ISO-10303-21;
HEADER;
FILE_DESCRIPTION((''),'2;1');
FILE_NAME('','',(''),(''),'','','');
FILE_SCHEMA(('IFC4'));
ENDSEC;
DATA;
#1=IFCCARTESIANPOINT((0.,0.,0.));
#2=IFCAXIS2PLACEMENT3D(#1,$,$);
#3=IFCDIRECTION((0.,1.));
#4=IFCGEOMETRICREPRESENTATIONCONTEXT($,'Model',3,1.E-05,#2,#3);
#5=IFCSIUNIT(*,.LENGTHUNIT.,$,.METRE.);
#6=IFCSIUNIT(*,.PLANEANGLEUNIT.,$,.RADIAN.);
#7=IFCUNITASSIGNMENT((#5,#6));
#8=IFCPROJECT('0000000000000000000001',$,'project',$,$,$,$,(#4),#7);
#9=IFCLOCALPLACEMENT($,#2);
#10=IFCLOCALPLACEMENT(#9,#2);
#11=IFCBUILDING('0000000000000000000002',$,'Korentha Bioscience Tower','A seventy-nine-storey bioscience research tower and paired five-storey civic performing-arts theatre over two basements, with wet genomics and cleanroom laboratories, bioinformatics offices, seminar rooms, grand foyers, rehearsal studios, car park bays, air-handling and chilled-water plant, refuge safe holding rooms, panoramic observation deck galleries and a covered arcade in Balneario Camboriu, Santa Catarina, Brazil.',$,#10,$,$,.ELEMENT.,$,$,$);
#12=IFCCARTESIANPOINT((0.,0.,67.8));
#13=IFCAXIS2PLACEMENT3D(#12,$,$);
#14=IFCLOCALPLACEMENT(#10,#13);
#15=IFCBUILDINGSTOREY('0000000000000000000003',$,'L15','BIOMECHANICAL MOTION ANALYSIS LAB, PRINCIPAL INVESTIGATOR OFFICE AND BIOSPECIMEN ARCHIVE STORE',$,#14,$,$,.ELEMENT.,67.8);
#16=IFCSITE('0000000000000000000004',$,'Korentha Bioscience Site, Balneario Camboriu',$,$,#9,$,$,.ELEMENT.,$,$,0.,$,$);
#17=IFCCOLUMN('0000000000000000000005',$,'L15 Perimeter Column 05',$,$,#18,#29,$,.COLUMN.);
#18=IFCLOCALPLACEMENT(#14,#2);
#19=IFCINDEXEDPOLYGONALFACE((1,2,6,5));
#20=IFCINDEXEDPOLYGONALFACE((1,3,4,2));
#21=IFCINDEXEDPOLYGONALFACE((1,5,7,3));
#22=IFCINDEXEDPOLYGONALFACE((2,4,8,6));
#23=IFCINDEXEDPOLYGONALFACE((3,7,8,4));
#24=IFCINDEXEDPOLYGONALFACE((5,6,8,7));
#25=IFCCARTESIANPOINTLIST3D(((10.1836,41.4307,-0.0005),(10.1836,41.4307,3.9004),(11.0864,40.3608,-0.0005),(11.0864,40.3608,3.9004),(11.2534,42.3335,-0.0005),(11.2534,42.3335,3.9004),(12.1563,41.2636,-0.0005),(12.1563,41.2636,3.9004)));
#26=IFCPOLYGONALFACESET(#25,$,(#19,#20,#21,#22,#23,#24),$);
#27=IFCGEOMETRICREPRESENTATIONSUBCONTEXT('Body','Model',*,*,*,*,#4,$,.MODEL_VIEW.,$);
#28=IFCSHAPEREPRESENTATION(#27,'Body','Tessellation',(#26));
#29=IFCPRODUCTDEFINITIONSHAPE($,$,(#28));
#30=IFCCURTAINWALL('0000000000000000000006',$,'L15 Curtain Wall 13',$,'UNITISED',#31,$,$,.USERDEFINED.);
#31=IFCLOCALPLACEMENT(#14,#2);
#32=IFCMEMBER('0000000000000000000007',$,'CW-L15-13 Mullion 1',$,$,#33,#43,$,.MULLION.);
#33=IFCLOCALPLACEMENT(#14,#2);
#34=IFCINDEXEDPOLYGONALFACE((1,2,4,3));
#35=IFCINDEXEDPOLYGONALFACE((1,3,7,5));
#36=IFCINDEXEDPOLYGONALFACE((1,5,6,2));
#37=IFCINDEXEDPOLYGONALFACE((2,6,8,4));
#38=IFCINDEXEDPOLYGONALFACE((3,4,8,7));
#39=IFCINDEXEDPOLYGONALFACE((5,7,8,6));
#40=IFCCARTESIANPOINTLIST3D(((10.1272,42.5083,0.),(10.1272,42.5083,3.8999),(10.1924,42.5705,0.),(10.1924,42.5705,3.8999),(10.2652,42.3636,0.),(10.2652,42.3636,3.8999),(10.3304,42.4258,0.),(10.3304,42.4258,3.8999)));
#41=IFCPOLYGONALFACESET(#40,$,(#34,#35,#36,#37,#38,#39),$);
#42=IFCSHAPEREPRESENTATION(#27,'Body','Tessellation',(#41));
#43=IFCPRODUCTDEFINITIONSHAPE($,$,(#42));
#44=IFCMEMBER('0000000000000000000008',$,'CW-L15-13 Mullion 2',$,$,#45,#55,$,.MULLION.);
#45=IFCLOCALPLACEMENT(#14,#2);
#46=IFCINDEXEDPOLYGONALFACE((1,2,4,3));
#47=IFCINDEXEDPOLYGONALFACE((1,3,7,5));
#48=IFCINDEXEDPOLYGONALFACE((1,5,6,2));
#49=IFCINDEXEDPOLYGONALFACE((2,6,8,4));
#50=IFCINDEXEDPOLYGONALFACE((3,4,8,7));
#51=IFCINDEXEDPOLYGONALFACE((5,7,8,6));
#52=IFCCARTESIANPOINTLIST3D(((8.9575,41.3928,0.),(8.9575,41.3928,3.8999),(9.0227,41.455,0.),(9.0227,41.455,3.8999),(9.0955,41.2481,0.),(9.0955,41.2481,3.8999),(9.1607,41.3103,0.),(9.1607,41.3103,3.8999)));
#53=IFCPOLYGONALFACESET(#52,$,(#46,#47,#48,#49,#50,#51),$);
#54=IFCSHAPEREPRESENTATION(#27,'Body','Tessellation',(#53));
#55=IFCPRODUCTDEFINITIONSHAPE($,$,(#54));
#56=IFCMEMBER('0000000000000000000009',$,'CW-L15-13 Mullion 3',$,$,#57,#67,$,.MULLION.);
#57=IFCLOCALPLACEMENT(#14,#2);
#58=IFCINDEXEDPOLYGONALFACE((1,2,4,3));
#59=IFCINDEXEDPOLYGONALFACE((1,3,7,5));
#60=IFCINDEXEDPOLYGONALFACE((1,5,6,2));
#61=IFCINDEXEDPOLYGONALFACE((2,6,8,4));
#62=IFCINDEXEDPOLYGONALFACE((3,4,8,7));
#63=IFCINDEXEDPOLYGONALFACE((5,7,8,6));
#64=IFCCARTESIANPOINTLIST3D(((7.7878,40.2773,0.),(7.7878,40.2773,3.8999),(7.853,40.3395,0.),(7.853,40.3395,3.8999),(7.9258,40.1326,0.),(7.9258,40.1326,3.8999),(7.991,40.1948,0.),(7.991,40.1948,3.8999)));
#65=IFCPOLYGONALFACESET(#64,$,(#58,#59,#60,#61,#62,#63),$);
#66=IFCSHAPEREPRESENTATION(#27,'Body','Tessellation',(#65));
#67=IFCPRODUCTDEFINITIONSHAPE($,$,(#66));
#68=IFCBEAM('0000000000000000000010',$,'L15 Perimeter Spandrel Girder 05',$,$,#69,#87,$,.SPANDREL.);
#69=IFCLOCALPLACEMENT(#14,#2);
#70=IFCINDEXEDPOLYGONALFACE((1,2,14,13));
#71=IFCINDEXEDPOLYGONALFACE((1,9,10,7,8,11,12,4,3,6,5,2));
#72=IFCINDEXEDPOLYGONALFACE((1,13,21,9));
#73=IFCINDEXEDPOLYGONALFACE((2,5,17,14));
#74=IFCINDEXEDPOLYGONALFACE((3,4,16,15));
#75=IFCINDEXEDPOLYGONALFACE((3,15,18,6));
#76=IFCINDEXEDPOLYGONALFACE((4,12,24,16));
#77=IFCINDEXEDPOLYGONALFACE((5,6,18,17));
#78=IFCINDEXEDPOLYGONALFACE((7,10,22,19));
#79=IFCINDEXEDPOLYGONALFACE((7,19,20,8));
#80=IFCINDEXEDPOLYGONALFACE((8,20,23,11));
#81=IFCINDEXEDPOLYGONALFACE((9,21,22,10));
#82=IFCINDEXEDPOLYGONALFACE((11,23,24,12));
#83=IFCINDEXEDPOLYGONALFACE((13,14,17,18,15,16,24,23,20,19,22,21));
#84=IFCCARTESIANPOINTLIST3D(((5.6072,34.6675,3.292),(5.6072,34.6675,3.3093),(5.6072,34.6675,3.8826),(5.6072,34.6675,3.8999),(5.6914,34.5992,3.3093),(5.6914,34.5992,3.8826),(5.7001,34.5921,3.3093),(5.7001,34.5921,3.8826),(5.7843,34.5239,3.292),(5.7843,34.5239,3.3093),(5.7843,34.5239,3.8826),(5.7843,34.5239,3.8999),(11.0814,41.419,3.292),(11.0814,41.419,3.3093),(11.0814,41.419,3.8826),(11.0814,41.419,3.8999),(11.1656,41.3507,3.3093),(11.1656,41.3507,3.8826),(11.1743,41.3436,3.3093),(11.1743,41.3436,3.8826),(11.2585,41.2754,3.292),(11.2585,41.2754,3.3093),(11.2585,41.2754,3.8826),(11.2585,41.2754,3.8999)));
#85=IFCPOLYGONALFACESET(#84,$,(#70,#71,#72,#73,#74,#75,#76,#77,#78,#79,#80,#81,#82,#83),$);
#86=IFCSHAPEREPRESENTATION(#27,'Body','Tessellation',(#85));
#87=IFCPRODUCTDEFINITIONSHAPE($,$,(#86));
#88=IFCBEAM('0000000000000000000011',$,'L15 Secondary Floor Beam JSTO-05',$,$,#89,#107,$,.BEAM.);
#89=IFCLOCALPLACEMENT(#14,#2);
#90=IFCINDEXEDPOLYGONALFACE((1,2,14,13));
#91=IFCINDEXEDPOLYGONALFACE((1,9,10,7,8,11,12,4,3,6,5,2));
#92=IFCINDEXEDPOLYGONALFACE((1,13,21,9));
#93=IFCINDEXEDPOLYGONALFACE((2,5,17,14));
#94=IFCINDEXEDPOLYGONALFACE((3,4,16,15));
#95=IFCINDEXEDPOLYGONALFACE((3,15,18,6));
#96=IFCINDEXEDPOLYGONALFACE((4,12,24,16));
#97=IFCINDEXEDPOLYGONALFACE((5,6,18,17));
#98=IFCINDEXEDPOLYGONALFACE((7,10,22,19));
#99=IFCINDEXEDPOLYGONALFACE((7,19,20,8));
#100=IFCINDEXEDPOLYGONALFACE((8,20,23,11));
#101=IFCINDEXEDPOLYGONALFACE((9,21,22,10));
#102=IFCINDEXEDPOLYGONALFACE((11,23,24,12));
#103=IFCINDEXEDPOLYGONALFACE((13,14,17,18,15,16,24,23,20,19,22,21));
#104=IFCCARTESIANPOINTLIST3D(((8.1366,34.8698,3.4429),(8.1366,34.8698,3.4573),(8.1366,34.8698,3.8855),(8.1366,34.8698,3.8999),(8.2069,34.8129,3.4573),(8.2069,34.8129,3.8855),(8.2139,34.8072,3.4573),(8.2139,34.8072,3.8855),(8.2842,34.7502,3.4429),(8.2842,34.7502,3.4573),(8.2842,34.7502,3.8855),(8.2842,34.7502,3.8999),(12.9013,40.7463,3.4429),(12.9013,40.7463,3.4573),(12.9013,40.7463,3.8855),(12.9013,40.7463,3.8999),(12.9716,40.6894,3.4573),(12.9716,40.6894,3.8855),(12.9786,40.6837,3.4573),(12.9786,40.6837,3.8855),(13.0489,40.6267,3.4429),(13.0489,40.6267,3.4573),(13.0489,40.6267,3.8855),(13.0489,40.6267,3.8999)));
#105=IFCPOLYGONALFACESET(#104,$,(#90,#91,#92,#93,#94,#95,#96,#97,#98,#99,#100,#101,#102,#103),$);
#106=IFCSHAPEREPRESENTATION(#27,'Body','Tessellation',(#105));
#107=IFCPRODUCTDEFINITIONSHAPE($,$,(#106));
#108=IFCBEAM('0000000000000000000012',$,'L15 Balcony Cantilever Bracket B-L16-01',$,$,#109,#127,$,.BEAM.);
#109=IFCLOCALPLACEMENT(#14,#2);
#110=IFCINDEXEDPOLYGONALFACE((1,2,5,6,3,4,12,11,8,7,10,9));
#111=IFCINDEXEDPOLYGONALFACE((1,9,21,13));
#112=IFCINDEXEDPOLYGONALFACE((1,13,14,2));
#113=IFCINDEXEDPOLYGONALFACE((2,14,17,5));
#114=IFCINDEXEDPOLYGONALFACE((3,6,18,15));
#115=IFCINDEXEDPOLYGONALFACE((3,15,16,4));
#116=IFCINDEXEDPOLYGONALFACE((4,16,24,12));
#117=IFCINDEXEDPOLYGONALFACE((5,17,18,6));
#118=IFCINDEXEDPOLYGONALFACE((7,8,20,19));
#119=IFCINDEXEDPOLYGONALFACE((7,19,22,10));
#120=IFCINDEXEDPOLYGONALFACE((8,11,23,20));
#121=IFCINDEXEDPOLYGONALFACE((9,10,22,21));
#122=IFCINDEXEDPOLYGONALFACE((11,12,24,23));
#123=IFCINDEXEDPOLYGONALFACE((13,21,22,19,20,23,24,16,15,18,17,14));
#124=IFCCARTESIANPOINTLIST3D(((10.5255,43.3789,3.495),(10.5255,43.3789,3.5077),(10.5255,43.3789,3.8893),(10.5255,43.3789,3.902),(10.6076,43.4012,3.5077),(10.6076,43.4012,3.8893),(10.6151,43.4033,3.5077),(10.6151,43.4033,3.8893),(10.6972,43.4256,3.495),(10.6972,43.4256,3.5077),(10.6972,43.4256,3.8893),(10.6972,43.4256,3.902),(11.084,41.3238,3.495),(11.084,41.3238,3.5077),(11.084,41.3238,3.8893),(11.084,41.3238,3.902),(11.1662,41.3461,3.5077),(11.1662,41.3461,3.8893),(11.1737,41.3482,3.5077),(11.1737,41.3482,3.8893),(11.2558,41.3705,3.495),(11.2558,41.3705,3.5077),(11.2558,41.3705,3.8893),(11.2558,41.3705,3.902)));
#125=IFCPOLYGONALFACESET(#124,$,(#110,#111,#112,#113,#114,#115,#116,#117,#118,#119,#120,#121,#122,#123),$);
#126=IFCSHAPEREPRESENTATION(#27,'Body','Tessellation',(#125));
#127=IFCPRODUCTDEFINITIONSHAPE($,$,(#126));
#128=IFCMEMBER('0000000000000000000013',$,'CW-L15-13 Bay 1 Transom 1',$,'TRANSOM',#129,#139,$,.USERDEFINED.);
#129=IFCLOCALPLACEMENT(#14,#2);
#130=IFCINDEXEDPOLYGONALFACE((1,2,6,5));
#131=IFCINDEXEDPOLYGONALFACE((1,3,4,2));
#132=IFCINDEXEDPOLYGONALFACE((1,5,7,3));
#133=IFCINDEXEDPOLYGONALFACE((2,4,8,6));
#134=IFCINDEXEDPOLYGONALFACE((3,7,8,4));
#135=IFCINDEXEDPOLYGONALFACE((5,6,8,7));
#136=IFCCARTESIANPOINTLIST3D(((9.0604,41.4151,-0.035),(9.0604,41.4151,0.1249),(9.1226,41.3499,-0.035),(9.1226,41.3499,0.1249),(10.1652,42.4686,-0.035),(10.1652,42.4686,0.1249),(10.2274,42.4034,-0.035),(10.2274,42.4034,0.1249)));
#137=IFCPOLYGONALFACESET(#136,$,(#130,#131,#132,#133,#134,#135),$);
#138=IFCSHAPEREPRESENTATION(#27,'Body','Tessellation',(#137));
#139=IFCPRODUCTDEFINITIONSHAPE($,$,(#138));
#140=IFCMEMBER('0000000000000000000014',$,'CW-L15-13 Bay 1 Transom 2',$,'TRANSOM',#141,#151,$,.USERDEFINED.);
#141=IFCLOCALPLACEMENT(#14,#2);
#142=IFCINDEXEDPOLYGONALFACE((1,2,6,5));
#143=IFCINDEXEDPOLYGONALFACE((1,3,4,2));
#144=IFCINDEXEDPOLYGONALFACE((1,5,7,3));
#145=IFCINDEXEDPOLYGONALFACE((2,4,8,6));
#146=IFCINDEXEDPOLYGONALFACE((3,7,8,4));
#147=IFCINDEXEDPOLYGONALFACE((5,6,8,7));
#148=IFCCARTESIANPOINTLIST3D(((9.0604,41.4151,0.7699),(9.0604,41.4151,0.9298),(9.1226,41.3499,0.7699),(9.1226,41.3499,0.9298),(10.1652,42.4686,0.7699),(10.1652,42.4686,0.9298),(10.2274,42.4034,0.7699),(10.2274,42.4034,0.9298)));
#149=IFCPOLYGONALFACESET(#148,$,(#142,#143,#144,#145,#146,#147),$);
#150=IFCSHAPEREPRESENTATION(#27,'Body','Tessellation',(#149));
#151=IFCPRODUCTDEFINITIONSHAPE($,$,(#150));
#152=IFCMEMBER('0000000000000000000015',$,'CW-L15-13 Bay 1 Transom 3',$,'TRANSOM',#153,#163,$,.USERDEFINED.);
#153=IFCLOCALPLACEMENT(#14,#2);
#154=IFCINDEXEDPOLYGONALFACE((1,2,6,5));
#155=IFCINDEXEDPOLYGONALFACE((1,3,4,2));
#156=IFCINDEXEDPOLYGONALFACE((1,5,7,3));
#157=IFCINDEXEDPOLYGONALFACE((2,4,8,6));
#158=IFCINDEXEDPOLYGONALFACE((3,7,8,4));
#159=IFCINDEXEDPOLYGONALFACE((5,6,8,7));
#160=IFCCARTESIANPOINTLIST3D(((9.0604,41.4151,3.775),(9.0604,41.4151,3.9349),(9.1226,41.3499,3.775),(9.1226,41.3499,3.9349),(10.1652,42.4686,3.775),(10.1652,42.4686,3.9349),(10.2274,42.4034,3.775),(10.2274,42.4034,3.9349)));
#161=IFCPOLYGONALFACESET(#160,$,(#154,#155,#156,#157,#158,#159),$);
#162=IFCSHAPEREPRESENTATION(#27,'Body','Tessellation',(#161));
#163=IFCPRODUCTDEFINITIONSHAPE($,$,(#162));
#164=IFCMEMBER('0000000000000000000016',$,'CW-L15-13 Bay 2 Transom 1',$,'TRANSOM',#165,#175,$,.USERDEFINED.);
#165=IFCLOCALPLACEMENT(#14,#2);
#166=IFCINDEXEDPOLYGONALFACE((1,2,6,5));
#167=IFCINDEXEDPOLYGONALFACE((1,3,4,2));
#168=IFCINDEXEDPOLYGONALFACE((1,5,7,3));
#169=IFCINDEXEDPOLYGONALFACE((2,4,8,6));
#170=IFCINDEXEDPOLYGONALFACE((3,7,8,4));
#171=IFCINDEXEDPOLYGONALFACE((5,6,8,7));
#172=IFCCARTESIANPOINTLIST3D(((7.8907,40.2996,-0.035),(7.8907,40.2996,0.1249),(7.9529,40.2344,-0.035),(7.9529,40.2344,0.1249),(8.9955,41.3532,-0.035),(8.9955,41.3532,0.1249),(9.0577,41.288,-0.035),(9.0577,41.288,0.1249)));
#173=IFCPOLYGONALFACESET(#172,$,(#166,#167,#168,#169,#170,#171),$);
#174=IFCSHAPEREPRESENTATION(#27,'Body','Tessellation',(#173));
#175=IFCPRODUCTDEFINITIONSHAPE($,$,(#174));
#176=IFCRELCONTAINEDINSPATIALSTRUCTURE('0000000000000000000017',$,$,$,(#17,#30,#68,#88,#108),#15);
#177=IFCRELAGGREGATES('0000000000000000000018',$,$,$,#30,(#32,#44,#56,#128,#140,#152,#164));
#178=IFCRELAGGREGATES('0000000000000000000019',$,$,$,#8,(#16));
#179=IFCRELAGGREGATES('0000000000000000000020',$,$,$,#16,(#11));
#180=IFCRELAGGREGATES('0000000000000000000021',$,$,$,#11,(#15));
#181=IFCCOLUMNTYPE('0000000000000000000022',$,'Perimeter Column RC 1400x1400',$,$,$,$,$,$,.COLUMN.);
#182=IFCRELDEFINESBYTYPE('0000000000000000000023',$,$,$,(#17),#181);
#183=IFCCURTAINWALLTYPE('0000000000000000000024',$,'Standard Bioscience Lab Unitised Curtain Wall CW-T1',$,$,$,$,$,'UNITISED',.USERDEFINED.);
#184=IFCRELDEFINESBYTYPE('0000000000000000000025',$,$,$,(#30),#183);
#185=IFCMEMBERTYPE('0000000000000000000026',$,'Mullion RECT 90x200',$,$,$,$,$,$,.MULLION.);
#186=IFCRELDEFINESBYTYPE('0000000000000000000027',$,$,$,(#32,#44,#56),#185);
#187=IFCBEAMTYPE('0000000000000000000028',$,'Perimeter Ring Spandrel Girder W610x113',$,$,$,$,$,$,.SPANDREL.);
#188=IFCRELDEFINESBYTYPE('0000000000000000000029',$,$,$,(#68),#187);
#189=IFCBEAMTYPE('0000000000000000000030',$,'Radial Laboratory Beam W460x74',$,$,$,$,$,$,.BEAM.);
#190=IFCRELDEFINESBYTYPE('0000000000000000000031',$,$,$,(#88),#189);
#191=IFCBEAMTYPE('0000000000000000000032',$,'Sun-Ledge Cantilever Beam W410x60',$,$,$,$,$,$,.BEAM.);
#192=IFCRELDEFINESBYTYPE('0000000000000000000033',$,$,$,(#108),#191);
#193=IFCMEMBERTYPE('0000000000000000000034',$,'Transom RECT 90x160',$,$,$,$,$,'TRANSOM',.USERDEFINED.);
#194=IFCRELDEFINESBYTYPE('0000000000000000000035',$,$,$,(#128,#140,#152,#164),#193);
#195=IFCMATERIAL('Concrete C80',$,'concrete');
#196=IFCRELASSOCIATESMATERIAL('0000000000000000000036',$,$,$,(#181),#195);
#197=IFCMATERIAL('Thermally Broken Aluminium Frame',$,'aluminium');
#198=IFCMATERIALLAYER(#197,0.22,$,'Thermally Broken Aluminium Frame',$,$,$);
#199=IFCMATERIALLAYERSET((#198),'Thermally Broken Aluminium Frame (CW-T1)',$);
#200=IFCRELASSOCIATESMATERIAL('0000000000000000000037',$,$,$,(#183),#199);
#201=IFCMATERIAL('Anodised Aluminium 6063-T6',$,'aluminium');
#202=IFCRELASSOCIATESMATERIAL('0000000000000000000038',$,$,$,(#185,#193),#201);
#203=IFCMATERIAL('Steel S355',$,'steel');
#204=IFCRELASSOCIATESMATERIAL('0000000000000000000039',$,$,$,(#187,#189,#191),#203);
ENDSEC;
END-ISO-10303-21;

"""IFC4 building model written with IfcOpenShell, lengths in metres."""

from ifc_helpers import new_model, si_unit, direction, frame, origin, origin_2d, place, context, subcontext, project, spatial, rectangle, i_section, extrude, material, layer, layer_set, material_profile, profile_set, type_object, element, aggregate, save


model = new_model("IFC4")

# Units and contexts
model_context = context("Model", 3, precision=1e-05, world=origin(), true_north=direction((0.0, 1.0)))
body_context = subcontext(model_context, "Body", "Model", "MODEL_VIEW")
ifc_project = project(units=[si_unit("LENGTHUNIT", "METRE"), si_unit("PLANEANGLEUNIT", "RADIAN")], contexts=[model_context])

# Site, building, storey
site_placement = place(None, origin())
site = spatial("IfcSite", under=ifc_project, at=site_placement, Name="Korentha Bioscience Site, Balneario Camboriu", CompositionType="ELEMENT", RefElevation=0.0)
building_placement = place(site_placement, origin())
building = spatial("IfcBuilding", under=site, at=building_placement, Name="Korentha Bioscience Tower", Description="A seventy-nine-storey bioscience research tower and paired five-storey civic performing-arts theatre over two basements, with wet genomics and cleanroom laboratories, bioinformatics offices, seminar rooms, grand foyers, rehearsal studios, car park bays, air-handling and chilled-water plant, refuge safe holding rooms, panoramic observation deck galleries and a covered arcade in Balneario Camboriu, Santa Catarina, Brazil.", CompositionType="ELEMENT")
storey_placement = place(building_placement, frame((0.0, 0.0, 67.8)))
storey = spatial("IfcBuildingStorey", under=building, at=storey_placement, Name="L15", Description="BIOMECHANICAL MOTION ANALYSIS LAB, PRINCIPAL INVESTIGATOR OFFICE AND BIOSPECIMEN ARCHIVE STORE", CompositionType="ELEMENT", Elevation=67.8)

# Column
ifc_material_1 = material(Name="Concrete C80", Category="concrete")
ifc_material_profile_1 = material_profile(ifc_material_1, rectangle(XDim=1.3999, YDim=1.3999, at=origin_2d()), Name="Concrete C80")
ifc_profile_set_1 = profile_set([ifc_material_profile_1], Name="Concrete C80 (COL-P14)")
column_type = type_object("IfcColumnType", Name="Perimeter Column RC 1400x1400", PredefinedType="COLUMN", material=ifc_profile_set_1)
column_placement = place(storey_placement, frame((11.1699, 41.3472, -0.0005), z_axis=(0.0, 0.0, 1.0), x_axis=(0.764246, 0.644924, 0.0)))
element("IfcColumn", 1, at=column_placement, inside=storey, type_object=column_type, Name="L15 Perimeter Column 05", PredefinedType="COLUMN", context=body_context, shape_type="SweptSolid", body=[
    extrude(rectangle(XDim=1.3999, YDim=1.3999, at=origin_2d()), origin(), (0.0, 0.0, 1.0), 3.9009),
])

# Curtain wall, members
ifc_material_2 = material(Name="Thermally Broken Aluminium Frame", Category="aluminium")
ifc_layer_1 = layer(ifc_material_2, 0.22, Name="Thermally Broken Aluminium Frame")
ifc_layer_set_1 = layer_set([ifc_layer_1], Name="Thermally Broken Aluminium Frame (CW-T1)")
curtain_wall_type = type_object("IfcCurtainWallType", Name="Standard Bioscience Lab Unitised Curtain Wall CW-T1", ElementType="UNITISED", PredefinedType="USERDEFINED", material=ifc_layer_set_1)
curtain_wall_placement = place(storey_placement, origin())
curtain_wall = element("IfcCurtainWall", 2, at=curtain_wall_placement, inside=storey, type_object=curtain_wall_type, Name="L15 Curtain Wall 13", ObjectType="UNITISED", PredefinedType="USERDEFINED")
ifc_material_3 = material(Name="Anodised Aluminium 6063-T6", Category="aluminium")
ifc_material_profile_2 = material_profile(ifc_material_3, rectangle(XDim=0.0901, YDim=0.2, at=origin_2d()), Name="Anodised Aluminium 6063-T6")
ifc_profile_set_2 = profile_set([ifc_material_profile_2], Name="Anodised Aluminium 6063-T6 (CW-MUL)")
member_type_1 = type_object("IfcMemberType", Name="Mullion RECT 90x200", PredefinedType="MULLION", material=ifc_profile_set_2)
member_1_placement = place(storey_placement, frame((10.2288, 42.467, 0.0), z_axis=(0.0, 0.0, 1.0), x_axis=(-0.723642, -0.690176, 0.0)))
member_1 = element("IfcMember", 3, at=member_1_placement, type_object=member_type_1, Name="CW-L15-13 Mullion 1", PredefinedType="MULLION", context=body_context, shape_type="SweptSolid", body=[
    extrude(rectangle(XDim=0.0901, YDim=0.2, at=origin_2d()), origin(), (0.0, 0.0, 1.0), 3.8999),
])
member_2_placement = place(storey_placement, frame((9.0591, 41.3516, 0.0), z_axis=(0.0, 0.0, 1.0), x_axis=(-0.723642, -0.690176, 0.0)))
member_2 = element("IfcMember", 4, at=member_2_placement, type_object=member_type_1, Name="CW-L15-13 Mullion 2", PredefinedType="MULLION", context=body_context, shape_type="SweptSolid", body=[
    extrude(rectangle(XDim=0.0901, YDim=0.2, at=origin_2d()), origin(), (0.0, 0.0, 1.0), 3.8999),
])
member_3_placement = place(storey_placement, frame((7.8894, 40.2361, 0.0), z_axis=(0.0, 0.0, 1.0), x_axis=(-0.723642, -0.690176, 0.0)))
member_3 = element("IfcMember", 5, at=member_3_placement, type_object=member_type_1, Name="CW-L15-13 Mullion 3", PredefinedType="MULLION", context=body_context, shape_type="SweptSolid", body=[
    extrude(rectangle(XDim=0.0901, YDim=0.2, at=origin_2d()), origin(), (0.0, 0.0, 1.0), 3.8999),
])

# Beams
ifc_material_4 = material(Name="Steel S355", Category="steel")
ifc_material_profile_3 = material_profile(ifc_material_4, i_section(OverallWidth=0.228, OverallDepth=0.6079, WebThickness=0.0112, FlangeThickness=0.0173, at=origin_2d()), Name="Steel S355")
ifc_profile_set_3 = profile_set([ifc_material_profile_3], Name="Steel S355 (SB-610)")
beam_type_1 = type_object("IfcBeamType", Name="Perimeter Ring Spandrel Girder W610x113", PredefinedType="SPANDREL", material=ifc_profile_set_3)
beam_1_placement = place(storey_placement, frame((11.1699, 41.3472, 3.5959), z_axis=(-0.629799, -0.776758, 0.0), x_axis=(0.776758, -0.629799, 0.0)))
element("IfcBeam", 6, at=beam_1_placement, inside=storey, type_object=beam_type_1, Name="L15 Perimeter Spandrel Girder 05", PredefinedType="SPANDREL", context=body_context, shape_type="SweptSolid", body=[
    extrude(i_section(OverallWidth=0.228, OverallDepth=0.6079, WebThickness=0.0112, FlangeThickness=0.0173, at=origin_2d()), origin(), (0.0, 0.0, 1.0), 8.6919),
])
ifc_material_profile_4 = material_profile(ifc_material_4, i_section(OverallWidth=0.1899, OverallDepth=0.457, WebThickness=0.009, FlangeThickness=0.0144, at=origin_2d()), Name="Steel S355")
ifc_profile_set_4 = profile_set([ifc_material_profile_4], Name="Steel S355 (RB-460)")
beam_type_2 = type_object("IfcBeamType", Name="Radial Laboratory Beam W460x74", PredefinedType="BEAM", material=ifc_profile_set_4)
beam_2_placement = place(storey_placement, frame((12.9751, 40.6865, 3.6714), z_axis=(-0.629798, -0.776759, 0.0), x_axis=(0.776759, -0.629798, 0.0)))
element("IfcBeam", 7, at=beam_2_placement, inside=storey, type_object=beam_type_2, Name="L15 Secondary Floor Beam JSTO-05", PredefinedType="BEAM", context=body_context, shape_type="SweptSolid", body=[
    extrude(i_section(OverallWidth=0.1899, OverallDepth=0.457, WebThickness=0.009, FlangeThickness=0.0144, at=origin_2d()), origin(), (0.0, 0.0, 1.0), 7.5654),
])
ifc_material_profile_5 = material_profile(ifc_material_4, i_section(OverallWidth=0.178, OverallDepth=0.407, WebThickness=0.0078, FlangeThickness=0.0127, at=origin_2d()), Name="Steel S355")
ifc_profile_set_5 = profile_set([ifc_material_profile_5], Name="Steel S355 (CB-410)")
beam_type_3 = type_object("IfcBeamType", Name="Sun-Ledge Cantilever Beam W410x60", PredefinedType="BEAM", material=ifc_profile_set_5)
beam_3_placement = place(storey_placement, frame((11.1699, 41.3472, 3.6985), z_axis=(-0.262283, 0.964991, 0.0), x_axis=(-0.964991, -0.262283, 0.0)))
element("IfcBeam", 8, at=beam_3_placement, inside=storey, type_object=beam_type_3, Name="L15 Balcony Cantilever Bracket B-L16-01", PredefinedType="BEAM", context=body_context, shape_type="SweptSolid", body=[
    extrude(i_section(OverallWidth=0.178, OverallDepth=0.407, WebThickness=0.0078, FlangeThickness=0.0127, at=origin_2d()), origin(), (0.0, 0.0, 1.0), 2.1296),
])

# Members
ifc_material_profile_6 = material_profile(ifc_material_3, rectangle(XDim=0.0901, YDim=0.1599, at=origin_2d()), Name="Anodised Aluminium 6063-T6")
ifc_profile_set_6 = profile_set([ifc_material_profile_6], Name="Anodised Aluminium 6063-T6 (CW-TRN)")
member_type_2 = type_object("IfcMemberType", Name="Transom RECT 90x160", ElementType="TRANSOM", PredefinedType="USERDEFINED", material=ifc_profile_set_6)
member_4_placement = place(storey_placement, frame((10.1963, 42.436, 0.0449), z_axis=(-0.7237, -0.690114, 0.0), x_axis=(0.690114, -0.7237, 0.0)))
member_4 = element("IfcMember", 9, at=member_4_placement, type_object=member_type_2, Name="CW-L15-13 Bay 1 Transom 1", ObjectType="TRANSOM", PredefinedType="USERDEFINED", context=body_context, shape_type="SweptSolid", body=[
    extrude(rectangle(XDim=0.0901, YDim=0.1599, at=origin_2d()), origin(), (0.0, 0.0, 1.0), 1.5266),
])
member_5_placement = place(storey_placement, frame((10.1963, 42.436, 0.8499), z_axis=(-0.7237, -0.690114, 0.0), x_axis=(0.690114, -0.7237, 0.0)))
member_5 = element("IfcMember", 10, at=member_5_placement, type_object=member_type_2, Name="CW-L15-13 Bay 1 Transom 2", ObjectType="TRANSOM", PredefinedType="USERDEFINED", context=body_context, shape_type="SweptSolid", body=[
    extrude(rectangle(XDim=0.0901, YDim=0.1599, at=origin_2d()), origin(), (0.0, 0.0, 1.0), 1.5266),
])
member_6_placement = place(storey_placement, frame((10.1963, 42.436, 3.855), z_axis=(-0.7237, -0.690114, 0.0), x_axis=(0.690114, -0.7237, 0.0)))
member_6 = element("IfcMember", 11, at=member_6_placement, type_object=member_type_2, Name="CW-L15-13 Bay 1 Transom 3", ObjectType="TRANSOM", PredefinedType="USERDEFINED", context=body_context, shape_type="SweptSolid", body=[
    extrude(rectangle(XDim=0.0901, YDim=0.1599, at=origin_2d()), origin(), (0.0, 0.0, 1.0), 1.5266),
])
member_7_placement = place(storey_placement, frame((9.0266, 41.3206, 0.0449), z_axis=(-0.7237, -0.690114, 0.0), x_axis=(0.690114, -0.7237, 0.0)))
member_7 = element("IfcMember", 12, at=member_7_placement, type_object=member_type_2, Name="CW-L15-13 Bay 2 Transom 1", ObjectType="TRANSOM", PredefinedType="USERDEFINED", context=body_context, shape_type="SweptSolid", body=[
    extrude(rectangle(XDim=0.0901, YDim=0.1599, at=origin_2d()), origin(), (0.0, 0.0, 1.0), 1.5266),
])

aggregate(curtain_wall, [member_1, member_2, member_3, member_4, member_5, member_6, member_7])

save(model, "model.ifc")
